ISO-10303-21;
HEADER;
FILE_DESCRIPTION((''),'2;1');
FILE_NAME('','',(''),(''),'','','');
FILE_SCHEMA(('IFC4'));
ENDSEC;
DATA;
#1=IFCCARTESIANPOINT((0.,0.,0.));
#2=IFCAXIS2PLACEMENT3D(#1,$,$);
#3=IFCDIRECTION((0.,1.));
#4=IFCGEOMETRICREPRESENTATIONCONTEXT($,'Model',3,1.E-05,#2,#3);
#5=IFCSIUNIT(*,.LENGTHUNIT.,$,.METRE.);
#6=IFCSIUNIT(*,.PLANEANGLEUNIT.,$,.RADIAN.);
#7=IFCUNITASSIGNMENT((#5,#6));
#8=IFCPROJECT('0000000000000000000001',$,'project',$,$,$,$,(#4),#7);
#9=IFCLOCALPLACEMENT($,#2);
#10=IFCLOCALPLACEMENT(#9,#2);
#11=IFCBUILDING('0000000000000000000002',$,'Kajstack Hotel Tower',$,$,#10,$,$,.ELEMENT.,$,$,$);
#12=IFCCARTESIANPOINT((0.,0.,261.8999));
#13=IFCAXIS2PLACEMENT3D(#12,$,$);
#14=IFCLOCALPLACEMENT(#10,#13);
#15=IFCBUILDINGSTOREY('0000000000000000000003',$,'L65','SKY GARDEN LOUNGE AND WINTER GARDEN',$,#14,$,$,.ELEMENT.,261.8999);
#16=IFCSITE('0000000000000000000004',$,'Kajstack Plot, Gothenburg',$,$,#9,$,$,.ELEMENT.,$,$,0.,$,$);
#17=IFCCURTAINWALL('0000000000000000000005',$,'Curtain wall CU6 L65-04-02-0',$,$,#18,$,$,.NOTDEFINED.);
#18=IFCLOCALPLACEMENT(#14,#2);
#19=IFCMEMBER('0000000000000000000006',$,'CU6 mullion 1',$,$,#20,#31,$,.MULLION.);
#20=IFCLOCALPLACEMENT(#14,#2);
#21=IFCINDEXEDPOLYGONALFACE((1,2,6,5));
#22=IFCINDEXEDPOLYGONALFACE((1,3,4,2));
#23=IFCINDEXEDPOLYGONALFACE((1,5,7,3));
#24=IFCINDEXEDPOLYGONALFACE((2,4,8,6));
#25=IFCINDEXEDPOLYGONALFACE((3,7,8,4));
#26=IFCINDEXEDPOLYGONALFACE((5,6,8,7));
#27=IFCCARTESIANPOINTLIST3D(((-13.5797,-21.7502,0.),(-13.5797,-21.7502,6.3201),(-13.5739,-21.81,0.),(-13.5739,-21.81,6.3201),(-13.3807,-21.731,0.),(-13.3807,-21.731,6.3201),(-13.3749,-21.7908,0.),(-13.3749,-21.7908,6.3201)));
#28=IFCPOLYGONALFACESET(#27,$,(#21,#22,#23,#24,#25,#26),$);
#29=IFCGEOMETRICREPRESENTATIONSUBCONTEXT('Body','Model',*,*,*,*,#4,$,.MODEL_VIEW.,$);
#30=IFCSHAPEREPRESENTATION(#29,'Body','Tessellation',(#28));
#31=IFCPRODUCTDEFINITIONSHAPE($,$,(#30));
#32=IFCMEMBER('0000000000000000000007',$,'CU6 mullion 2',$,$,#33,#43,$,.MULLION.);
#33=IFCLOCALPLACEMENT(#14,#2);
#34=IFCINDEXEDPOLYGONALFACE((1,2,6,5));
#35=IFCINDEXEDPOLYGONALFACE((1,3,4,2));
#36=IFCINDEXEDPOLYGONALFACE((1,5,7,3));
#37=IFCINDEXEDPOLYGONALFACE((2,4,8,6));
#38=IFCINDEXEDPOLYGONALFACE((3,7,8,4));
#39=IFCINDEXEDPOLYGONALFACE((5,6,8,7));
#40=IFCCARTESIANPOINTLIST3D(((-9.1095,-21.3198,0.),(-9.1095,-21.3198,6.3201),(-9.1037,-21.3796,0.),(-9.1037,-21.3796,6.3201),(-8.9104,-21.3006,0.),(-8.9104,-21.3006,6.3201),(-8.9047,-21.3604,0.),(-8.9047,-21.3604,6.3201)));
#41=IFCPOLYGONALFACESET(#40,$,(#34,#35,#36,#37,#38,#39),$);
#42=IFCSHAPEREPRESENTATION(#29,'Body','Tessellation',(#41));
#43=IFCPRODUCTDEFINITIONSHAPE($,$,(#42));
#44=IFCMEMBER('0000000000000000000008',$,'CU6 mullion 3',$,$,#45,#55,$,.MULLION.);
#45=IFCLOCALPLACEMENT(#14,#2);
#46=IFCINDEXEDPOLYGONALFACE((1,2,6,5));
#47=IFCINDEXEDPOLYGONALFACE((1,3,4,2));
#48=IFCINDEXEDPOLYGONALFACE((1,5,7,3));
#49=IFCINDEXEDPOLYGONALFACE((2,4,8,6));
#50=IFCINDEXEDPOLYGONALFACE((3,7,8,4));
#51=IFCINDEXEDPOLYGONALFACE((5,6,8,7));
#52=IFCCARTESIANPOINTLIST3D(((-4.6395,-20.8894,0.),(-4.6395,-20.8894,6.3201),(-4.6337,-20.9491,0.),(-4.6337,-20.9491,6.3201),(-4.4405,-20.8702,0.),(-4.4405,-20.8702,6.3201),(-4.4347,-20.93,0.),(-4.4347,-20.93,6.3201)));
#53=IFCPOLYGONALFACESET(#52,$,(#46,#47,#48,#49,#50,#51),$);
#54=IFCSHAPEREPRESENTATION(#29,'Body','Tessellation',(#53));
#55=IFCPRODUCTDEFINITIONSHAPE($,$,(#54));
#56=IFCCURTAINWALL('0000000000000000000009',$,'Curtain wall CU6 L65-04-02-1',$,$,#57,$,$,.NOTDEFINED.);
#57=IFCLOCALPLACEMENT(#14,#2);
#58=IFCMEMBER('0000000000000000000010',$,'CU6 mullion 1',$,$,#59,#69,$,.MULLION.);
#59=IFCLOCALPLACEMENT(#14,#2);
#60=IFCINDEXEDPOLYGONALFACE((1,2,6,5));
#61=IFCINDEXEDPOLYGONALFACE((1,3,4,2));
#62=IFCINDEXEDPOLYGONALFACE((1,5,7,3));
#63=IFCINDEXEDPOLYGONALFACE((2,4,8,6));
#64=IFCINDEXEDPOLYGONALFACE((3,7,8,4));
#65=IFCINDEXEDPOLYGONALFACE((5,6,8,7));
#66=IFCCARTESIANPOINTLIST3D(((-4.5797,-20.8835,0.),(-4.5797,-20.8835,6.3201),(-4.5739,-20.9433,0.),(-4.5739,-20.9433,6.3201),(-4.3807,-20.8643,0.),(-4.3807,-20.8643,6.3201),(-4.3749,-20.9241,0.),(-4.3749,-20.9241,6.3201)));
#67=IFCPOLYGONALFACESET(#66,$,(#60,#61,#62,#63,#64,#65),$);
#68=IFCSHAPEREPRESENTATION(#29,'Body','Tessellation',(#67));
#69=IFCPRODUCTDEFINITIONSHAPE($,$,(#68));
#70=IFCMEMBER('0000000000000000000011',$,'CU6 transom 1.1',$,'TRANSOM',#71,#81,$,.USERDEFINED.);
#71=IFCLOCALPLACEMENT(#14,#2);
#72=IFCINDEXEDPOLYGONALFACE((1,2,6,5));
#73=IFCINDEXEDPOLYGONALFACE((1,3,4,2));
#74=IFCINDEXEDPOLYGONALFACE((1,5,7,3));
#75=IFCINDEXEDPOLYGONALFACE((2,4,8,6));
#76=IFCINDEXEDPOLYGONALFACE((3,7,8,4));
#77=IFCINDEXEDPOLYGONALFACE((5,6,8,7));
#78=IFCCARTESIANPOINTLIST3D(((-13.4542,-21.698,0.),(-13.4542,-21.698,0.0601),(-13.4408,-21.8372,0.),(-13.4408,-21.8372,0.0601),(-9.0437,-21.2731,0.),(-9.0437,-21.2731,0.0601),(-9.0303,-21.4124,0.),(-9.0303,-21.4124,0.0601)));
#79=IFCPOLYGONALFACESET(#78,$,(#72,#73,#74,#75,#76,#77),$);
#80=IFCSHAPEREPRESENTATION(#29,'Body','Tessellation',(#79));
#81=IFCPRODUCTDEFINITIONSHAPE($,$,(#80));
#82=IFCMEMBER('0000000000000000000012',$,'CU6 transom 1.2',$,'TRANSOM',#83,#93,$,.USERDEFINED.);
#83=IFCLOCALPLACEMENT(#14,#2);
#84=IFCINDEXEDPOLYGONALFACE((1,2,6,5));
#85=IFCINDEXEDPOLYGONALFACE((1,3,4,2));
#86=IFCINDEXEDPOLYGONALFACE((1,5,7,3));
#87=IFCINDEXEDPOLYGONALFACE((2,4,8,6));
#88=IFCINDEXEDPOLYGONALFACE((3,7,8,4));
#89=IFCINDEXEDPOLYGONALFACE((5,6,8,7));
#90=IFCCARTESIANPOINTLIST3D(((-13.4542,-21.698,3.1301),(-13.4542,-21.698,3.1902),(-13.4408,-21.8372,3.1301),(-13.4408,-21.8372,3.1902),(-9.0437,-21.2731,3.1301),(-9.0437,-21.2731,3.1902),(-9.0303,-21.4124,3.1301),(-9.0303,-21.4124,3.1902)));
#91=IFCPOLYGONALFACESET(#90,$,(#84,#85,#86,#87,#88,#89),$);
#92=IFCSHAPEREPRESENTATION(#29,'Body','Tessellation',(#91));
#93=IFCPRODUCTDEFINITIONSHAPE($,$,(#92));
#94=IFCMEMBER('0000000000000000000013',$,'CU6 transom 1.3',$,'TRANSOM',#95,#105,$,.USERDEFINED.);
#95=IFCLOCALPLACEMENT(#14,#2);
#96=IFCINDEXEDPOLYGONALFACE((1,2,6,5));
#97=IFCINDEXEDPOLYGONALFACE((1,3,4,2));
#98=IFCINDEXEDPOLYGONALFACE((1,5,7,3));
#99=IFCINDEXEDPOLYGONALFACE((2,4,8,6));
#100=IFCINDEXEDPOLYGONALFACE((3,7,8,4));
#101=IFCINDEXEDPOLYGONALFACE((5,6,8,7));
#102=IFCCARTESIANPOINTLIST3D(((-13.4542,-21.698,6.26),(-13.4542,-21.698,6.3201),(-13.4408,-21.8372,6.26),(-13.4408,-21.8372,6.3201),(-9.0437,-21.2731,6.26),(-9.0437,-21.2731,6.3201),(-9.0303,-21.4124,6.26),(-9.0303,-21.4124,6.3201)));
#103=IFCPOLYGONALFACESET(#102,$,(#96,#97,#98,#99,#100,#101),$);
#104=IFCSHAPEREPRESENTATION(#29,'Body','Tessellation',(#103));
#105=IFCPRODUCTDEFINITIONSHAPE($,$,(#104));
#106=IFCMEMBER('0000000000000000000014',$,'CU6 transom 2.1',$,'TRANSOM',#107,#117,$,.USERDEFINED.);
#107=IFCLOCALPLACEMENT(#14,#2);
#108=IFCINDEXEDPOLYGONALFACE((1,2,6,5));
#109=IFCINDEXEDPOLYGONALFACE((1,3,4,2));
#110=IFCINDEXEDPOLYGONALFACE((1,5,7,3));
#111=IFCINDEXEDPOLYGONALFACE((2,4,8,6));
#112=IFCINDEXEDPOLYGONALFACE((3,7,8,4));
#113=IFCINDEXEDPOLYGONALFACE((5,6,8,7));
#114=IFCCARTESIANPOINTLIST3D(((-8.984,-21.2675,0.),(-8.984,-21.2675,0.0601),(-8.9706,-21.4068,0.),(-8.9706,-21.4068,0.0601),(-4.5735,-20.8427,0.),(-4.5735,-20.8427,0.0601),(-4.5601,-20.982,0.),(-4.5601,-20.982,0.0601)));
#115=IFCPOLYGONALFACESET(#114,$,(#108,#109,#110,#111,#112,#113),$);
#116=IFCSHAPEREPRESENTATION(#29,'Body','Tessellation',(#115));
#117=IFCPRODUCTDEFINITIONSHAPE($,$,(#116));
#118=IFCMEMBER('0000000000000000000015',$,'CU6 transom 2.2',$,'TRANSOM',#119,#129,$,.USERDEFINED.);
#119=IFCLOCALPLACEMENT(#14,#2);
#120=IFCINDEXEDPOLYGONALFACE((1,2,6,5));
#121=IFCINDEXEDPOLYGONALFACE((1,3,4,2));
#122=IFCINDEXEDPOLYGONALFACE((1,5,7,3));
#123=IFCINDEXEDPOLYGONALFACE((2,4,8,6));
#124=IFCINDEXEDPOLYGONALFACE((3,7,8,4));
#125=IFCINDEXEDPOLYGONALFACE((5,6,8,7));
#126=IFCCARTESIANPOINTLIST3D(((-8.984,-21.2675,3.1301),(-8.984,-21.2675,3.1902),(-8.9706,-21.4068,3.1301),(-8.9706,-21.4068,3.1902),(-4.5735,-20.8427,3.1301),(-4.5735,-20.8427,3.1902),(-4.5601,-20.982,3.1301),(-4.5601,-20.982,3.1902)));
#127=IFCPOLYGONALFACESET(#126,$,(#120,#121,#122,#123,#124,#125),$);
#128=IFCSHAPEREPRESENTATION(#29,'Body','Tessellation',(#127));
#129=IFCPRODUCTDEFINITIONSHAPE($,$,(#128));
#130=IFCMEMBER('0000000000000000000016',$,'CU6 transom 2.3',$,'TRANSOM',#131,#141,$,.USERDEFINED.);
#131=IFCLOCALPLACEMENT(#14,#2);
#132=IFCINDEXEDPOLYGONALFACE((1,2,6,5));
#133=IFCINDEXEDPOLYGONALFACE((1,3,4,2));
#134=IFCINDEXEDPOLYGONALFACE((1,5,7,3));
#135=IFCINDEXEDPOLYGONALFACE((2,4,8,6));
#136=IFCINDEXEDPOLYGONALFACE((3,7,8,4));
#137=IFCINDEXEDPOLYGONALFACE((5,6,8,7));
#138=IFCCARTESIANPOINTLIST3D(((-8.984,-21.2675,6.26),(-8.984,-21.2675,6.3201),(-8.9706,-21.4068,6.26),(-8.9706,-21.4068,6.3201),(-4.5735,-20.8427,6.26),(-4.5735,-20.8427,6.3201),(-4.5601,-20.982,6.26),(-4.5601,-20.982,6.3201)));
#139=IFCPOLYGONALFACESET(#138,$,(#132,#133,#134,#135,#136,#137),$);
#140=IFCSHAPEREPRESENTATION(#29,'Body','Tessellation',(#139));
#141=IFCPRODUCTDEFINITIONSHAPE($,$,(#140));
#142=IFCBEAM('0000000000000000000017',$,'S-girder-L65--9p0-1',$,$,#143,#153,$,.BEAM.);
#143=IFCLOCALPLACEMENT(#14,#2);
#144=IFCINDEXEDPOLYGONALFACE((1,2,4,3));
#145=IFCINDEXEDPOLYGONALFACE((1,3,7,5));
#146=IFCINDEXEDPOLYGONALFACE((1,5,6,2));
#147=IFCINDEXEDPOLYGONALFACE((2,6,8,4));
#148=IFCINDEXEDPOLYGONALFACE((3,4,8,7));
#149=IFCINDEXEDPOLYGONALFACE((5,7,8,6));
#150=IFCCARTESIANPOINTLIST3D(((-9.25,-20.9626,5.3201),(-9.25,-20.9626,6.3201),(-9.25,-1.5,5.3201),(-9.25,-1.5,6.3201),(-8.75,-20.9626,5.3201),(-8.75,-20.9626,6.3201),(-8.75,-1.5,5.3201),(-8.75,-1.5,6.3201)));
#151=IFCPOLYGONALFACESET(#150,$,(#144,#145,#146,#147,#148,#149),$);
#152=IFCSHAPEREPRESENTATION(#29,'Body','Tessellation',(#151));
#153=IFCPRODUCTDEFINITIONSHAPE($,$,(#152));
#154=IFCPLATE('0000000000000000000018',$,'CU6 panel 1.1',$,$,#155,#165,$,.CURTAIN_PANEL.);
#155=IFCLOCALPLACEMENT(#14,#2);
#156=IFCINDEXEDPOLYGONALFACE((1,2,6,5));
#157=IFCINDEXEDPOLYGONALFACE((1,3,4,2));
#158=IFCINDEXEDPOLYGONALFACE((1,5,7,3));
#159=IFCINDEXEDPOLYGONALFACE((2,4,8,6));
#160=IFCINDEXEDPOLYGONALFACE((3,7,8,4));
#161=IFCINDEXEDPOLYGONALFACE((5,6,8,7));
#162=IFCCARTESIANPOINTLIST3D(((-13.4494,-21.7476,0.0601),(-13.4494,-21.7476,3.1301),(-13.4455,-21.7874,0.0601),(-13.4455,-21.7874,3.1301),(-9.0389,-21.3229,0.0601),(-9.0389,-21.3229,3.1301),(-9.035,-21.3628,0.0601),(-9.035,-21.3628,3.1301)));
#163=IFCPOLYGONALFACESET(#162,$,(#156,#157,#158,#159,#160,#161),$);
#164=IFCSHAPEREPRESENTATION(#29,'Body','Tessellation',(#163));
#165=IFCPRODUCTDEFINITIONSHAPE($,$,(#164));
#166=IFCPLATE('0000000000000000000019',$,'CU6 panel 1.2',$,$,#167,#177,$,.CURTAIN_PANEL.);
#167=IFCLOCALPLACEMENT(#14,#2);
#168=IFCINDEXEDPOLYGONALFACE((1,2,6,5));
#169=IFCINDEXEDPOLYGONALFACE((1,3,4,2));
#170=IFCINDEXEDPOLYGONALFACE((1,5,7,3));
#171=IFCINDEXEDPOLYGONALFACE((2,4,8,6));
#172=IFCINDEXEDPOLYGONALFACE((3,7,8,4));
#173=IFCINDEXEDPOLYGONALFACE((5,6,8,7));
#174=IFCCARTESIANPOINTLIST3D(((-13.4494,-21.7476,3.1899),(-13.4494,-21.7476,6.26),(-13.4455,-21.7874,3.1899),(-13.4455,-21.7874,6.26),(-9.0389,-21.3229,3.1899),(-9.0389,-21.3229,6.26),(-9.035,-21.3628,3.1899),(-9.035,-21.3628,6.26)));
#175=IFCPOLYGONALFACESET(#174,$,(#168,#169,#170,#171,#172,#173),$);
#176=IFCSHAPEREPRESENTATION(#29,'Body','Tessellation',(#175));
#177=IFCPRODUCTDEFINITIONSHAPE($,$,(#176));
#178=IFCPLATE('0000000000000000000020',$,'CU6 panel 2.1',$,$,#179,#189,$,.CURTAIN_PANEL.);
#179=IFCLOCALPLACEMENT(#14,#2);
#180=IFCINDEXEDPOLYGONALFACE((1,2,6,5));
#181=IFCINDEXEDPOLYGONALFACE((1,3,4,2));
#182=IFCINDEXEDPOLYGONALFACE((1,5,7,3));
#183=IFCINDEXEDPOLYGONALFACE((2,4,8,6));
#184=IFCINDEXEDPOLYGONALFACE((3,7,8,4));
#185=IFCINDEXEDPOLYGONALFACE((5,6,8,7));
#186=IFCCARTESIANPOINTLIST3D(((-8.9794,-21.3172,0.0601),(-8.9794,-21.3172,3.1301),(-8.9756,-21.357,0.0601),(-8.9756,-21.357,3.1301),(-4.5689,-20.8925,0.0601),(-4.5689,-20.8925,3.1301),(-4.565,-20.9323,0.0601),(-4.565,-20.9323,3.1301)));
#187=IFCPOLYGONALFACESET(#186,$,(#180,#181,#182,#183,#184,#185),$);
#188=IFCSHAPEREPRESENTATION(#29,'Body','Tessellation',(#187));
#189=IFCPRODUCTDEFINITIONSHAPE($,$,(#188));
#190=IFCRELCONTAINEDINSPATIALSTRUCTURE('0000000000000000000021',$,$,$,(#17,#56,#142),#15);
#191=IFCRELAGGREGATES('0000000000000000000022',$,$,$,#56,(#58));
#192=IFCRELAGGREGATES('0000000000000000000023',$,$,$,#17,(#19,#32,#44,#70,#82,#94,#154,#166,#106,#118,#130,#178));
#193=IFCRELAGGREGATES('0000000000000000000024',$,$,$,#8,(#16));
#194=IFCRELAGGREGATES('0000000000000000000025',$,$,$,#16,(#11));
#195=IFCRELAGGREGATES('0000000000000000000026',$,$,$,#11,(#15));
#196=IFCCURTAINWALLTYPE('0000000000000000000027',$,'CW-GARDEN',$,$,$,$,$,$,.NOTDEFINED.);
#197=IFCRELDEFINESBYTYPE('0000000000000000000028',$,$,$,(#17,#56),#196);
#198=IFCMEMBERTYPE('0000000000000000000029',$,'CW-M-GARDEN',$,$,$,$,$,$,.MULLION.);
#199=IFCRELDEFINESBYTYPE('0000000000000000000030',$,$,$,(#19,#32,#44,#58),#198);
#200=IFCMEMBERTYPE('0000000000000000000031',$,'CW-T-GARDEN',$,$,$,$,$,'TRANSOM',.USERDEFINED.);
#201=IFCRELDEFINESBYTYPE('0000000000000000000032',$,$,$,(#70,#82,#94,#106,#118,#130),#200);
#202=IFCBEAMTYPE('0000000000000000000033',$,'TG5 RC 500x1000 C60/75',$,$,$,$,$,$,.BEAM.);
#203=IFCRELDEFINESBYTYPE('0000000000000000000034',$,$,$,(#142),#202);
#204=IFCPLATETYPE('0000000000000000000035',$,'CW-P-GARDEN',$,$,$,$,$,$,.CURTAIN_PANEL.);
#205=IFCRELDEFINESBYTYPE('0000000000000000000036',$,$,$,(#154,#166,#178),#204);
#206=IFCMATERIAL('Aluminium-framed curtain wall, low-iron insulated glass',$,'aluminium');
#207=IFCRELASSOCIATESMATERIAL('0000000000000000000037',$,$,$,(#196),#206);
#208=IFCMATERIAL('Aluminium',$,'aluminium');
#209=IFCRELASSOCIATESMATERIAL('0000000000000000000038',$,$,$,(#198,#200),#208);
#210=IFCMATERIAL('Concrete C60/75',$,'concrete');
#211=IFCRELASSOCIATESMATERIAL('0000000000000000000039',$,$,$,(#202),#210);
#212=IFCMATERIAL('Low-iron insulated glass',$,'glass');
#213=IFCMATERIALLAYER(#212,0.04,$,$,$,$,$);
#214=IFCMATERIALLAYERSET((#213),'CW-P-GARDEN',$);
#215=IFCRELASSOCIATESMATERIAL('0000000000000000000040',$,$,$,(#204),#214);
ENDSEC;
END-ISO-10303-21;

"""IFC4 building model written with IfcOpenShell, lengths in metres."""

from ifc_helpers import new_model, si_unit, direction, frame, origin, origin_2d, place, context, subcontext, project, spatial, rectangle, extrude, material, layer, layer_set, material_profile, profile_set, type_object, element, aggregate, save


model = new_model("IFC4")

# Units and contexts
model_context = context("Model", 3, precision=1e-05, world=origin(), true_north=direction((0.0, 1.0)))
body_context = subcontext(model_context, "Body", "Model", "MODEL_VIEW")
ifc_project = project(units=[si_unit("LENGTHUNIT", "METRE"), si_unit("PLANEANGLEUNIT", "RADIAN")], contexts=[model_context])

# Site, building, storey
site_placement = place(None, origin())
site = spatial("IfcSite", under=ifc_project, at=site_placement, Name="Kajstack Plot, Gothenburg", CompositionType="ELEMENT", RefElevation=0.0)
building_placement = place(site_placement, origin())
building = spatial("IfcBuilding", under=site, at=building_placement, Name="Kajstack Hotel Tower", CompositionType="ELEMENT")
storey_placement = place(building_placement, frame((0.0, 0.0, 261.8999)))
storey = spatial("IfcBuildingStorey", under=building, at=storey_placement, Name="L65", Description="SKY GARDEN LOUNGE AND WINTER GARDEN", CompositionType="ELEMENT", Elevation=261.8999)

# Curtain wall, members
ifc_material_1 = material(Name="Aluminium-framed curtain wall, low-iron insulated glass", Category="aluminium")
curtain_wall_type = type_object("IfcCurtainWallType", Name="CW-GARDEN", PredefinedType="NOTDEFINED", material=ifc_material_1)
curtain_wall_1_placement = place(storey_placement, origin())
curtain_wall_1 = element("IfcCurtainWall", 1, at=curtain_wall_1_placement, inside=storey, type_object=curtain_wall_type, Name="Curtain wall CU6 L65-04-02-0", PredefinedType="NOTDEFINED")
ifc_material_2 = material(Name="Aluminium", Category="aluminium")
ifc_material_profile_1 = material_profile(ifc_material_2, rectangle(XDim=0.0601, YDim=0.2, at=origin_2d()), Name="Aluminium mullion 60 x 200")
ifc_profile_set_1 = profile_set([ifc_material_profile_1], Name="Aluminium")
member_type_1 = type_object("IfcMemberType", Name="CW-M-GARDEN", PredefinedType="MULLION", material=ifc_profile_set_1)
member_1_placement = place(storey_placement, frame((-13.4773, -21.7705, 0.0), z_axis=(0.0, 0.0, 1.0), x_axis=(-0.095846, 0.995396, 0.0)))
member_1 = element("IfcMember", 2, at=member_1_placement, type_object=member_type_1, Name="CU6 mullion 1", PredefinedType="MULLION", context=body_context, shape_type="SweptSolid", body=[
    extrude(rectangle(XDim=0.0601, YDim=0.2, at=origin_2d()), origin(), (0.0, 0.0, 1.0), 6.3201),
])
member_2_placement = place(storey_placement, frame((-9.0071, -21.3401, 0.0), z_axis=(0.0, 0.0, 1.0), x_axis=(-0.095846, 0.995396, 0.0)))
member_2 = element("IfcMember", 3, at=member_2_placement, type_object=member_type_1, Name="CU6 mullion 2", PredefinedType="MULLION", context=body_context, shape_type="SweptSolid", body=[
    extrude(rectangle(XDim=0.0601, YDim=0.2, at=origin_2d()), origin(), (0.0, 0.0, 1.0), 6.3201),
])
member_3_placement = place(storey_placement, frame((-4.5371, -20.9097, 0.0), z_axis=(0.0, 0.0, 1.0), x_axis=(-0.095846, 0.995396, 0.0)))
member_3 = element("IfcMember", 4, at=member_3_placement, type_object=member_type_1, Name="CU6 mullion 3", PredefinedType="MULLION", context=body_context, shape_type="SweptSolid", body=[
    extrude(rectangle(XDim=0.0601, YDim=0.2, at=origin_2d()), origin(), (0.0, 0.0, 1.0), 6.3201),
])

# Curtain wall, member
curtain_wall_2_placement = place(storey_placement, origin())
curtain_wall_2 = element("IfcCurtainWall", 5, at=curtain_wall_2_placement, inside=storey, type_object=curtain_wall_type, Name="Curtain wall CU6 L65-04-02-1", PredefinedType="NOTDEFINED")
member_4_placement = place(storey_placement, frame((-4.4773, -20.9038, 0.0), z_axis=(0.0, 0.0, 1.0), x_axis=(-0.095846, 0.995396, 0.0)))
member_4 = element("IfcMember", 6, at=member_4_placement, type_object=member_type_1, Name="CU6 mullion 1", PredefinedType="MULLION", context=body_context, shape_type="SweptSolid", body=[
    extrude(rectangle(XDim=0.0601, YDim=0.2, at=origin_2d()), origin(), (0.0, 0.0, 1.0), 6.3201),
])
aggregate(curtain_wall_2, [member_4])

# Members
ifc_material_profile_2 = material_profile(ifc_material_2, rectangle(XDim=0.1399, YDim=0.0601, at=origin_2d()), Name="Aluminium transom 140 x 60")
ifc_profile_set_2 = profile_set([ifc_material_profile_2], Name="Aluminium")
member_type_2 = type_object("IfcMemberType", Name="CW-T-GARDEN", ElementType="TRANSOM", PredefinedType="USERDEFINED", material=ifc_profile_set_2)
member_5_placement = place(storey_placement, frame((-13.4475, -21.7676, 0.03), z_axis=(0.995393, 0.095875, 0.0), x_axis=(-0.095875, 0.995393, 0.0)))
member_5 = element("IfcMember", 7, at=member_5_placement, type_object=member_type_2, Name="CU6 transom 1.1", ObjectType="TRANSOM", PredefinedType="USERDEFINED", context=body_context, shape_type="SweptSolid", body=[
    extrude(rectangle(XDim=0.1399, YDim=0.0601, at=origin_2d()), origin(), (0.0, 0.0, 1.0), 4.4309),
])
member_6_placement = place(storey_placement, frame((-13.4475, -21.7676, 3.1602), z_axis=(0.995393, 0.095875, 0.0), x_axis=(-0.095875, 0.995393, 0.0)))
member_6 = element("IfcMember", 8, at=member_6_placement, type_object=member_type_2, Name="CU6 transom 1.2", ObjectType="TRANSOM", PredefinedType="USERDEFINED", context=body_context, shape_type="SweptSolid", body=[
    extrude(rectangle(XDim=0.1399, YDim=0.0601, at=origin_2d()), origin(), (0.0, 0.0, 1.0), 4.4309),
])
member_7_placement = place(storey_placement, frame((-13.4475, -21.7676, 6.29), z_axis=(0.995393, 0.095875, 0.0), x_axis=(-0.095875, 0.995393, 0.0)))
member_7 = element("IfcMember", 9, at=member_7_placement, type_object=member_type_2, Name="CU6 transom 1.3", ObjectType="TRANSOM", PredefinedType="USERDEFINED", context=body_context, shape_type="SweptSolid", body=[
    extrude(rectangle(XDim=0.1399, YDim=0.0601, at=origin_2d()), origin(), (0.0, 0.0, 1.0), 4.4309),
])
member_8_placement = place(storey_placement, frame((-8.9773, -21.3372, 0.03), z_axis=(0.995393, 0.095875, 0.0), x_axis=(-0.095875, 0.995393, 0.0)))
member_8 = element("IfcMember", 10, at=member_8_placement, type_object=member_type_2, Name="CU6 transom 2.1", ObjectType="TRANSOM", PredefinedType="USERDEFINED", context=body_context, shape_type="SweptSolid", body=[
    extrude(rectangle(XDim=0.1399, YDim=0.0601, at=origin_2d()), origin(), (0.0, 0.0, 1.0), 4.4309),
])
member_9_placement = place(storey_placement, frame((-8.9773, -21.3372, 3.1602), z_axis=(0.995393, 0.095875, 0.0), x_axis=(-0.095875, 0.995393, 0.0)))
member_9 = element("IfcMember", 11, at=member_9_placement, type_object=member_type_2, Name="CU6 transom 2.2", ObjectType="TRANSOM", PredefinedType="USERDEFINED", context=body_context, shape_type="SweptSolid", body=[
    extrude(rectangle(XDim=0.1399, YDim=0.0601, at=origin_2d()), origin(), (0.0, 0.0, 1.0), 4.4309),
])
member_10_placement = place(storey_placement, frame((-8.9773, -21.3372, 6.29), z_axis=(0.995393, 0.095875, 0.0), x_axis=(-0.095875, 0.995393, 0.0)))
member_10 = element("IfcMember", 12, at=member_10_placement, type_object=member_type_2, Name="CU6 transom 2.3", ObjectType="TRANSOM", PredefinedType="USERDEFINED", context=body_context, shape_type="SweptSolid", body=[
    extrude(rectangle(XDim=0.1399, YDim=0.0601, at=origin_2d()), origin(), (0.0, 0.0, 1.0), 4.4309),
])

# Beam
ifc_material_3 = material(Name="Concrete C60/75", Category="concrete")
ifc_material_profile_3 = material_profile(ifc_material_3, rectangle(XDim=0.5, YDim=1.0, at=origin_2d()), Name="RC 500x1000")
ifc_profile_set_3 = profile_set([ifc_material_profile_3], Name="Concrete C60/75")
beam_type = type_object("IfcBeamType", Name="TG5 RC 500x1000 C60/75", PredefinedType="BEAM", material=ifc_profile_set_3)
beam_placement = place(storey_placement, frame((-9.0, -20.9626, 5.8201), z_axis=(0.0, 1.0, 0.0), x_axis=(-1.0, 0.0, 0.0)))
element("IfcBeam", 13, at=beam_placement, inside=storey, type_object=beam_type, Name="S-girder-L65--9p0-1", PredefinedType="BEAM", context=body_context, shape_type="SweptSolid", body=[
    extrude(rectangle(XDim=0.5, YDim=1.0, at=origin_2d()), origin(), (0.0, 0.0, 1.0), 19.4626),
])

# Plates
ifc_material_4 = material(Name="Low-iron insulated glass", Category="glass")
ifc_layer_1 = layer(ifc_material_4, 0.04)
ifc_layer_set_1 = layer_set([ifc_layer_1], Name="CW-P-GARDEN")
plate_type = type_object("IfcPlateType", Name="CW-P-GARDEN", PredefinedType="CURTAIN_PANEL", material=ifc_layer_set_1)
plate_1_placement = place(storey_placement, frame((-11.2422, -21.5552, 0.0601), z_axis=(0.0, 0.0, 1.0), x_axis=(0.995396, 0.095846, 0.0)))
plate_1 = element("IfcPlate", 14, at=plate_1_placement, type_object=plate_type, Name="CU6 panel 1.1", PredefinedType="CURTAIN_PANEL", context=body_context, shape_type="SweptSolid", body=[
    extrude(rectangle(XDim=4.4309, YDim=0.04, at=origin_2d()), origin(), (0.0, 0.0, 1.0), 3.0701),
])
plate_2_placement = place(storey_placement, frame((-11.2422, -21.5552, 3.1899), z_axis=(0.0, 0.0, 1.0), x_axis=(0.995396, 0.095846, 0.0)))
plate_2 = element("IfcPlate", 15, at=plate_2_placement, type_object=plate_type, Name="CU6 panel 1.2", PredefinedType="CURTAIN_PANEL", context=body_context, shape_type="SweptSolid", body=[
    extrude(rectangle(XDim=4.4309, YDim=0.04, at=origin_2d()), origin(), (0.0, 0.0, 1.0), 3.0701),
])
plate_3_placement = place(storey_placement, frame((-6.7722, -21.1248, 0.0601), z_axis=(0.0, 0.0, 1.0), x_axis=(0.995396, 0.095846, 0.0)))
plate_3 = element("IfcPlate", 16, at=plate_3_placement, type_object=plate_type, Name="CU6 panel 2.1", PredefinedType="CURTAIN_PANEL", context=body_context, shape_type="SweptSolid", body=[
    extrude(rectangle(XDim=4.4309, YDim=0.04, at=origin_2d()), origin(), (0.0, 0.0, 1.0), 3.0701),
])
aggregate(curtain_wall_1, [member_1, member_2, member_3, member_5, member_6, member_7, plate_1, plate_2, member_8, member_9, member_10, plate_3])

save(model, "model.ifc")
